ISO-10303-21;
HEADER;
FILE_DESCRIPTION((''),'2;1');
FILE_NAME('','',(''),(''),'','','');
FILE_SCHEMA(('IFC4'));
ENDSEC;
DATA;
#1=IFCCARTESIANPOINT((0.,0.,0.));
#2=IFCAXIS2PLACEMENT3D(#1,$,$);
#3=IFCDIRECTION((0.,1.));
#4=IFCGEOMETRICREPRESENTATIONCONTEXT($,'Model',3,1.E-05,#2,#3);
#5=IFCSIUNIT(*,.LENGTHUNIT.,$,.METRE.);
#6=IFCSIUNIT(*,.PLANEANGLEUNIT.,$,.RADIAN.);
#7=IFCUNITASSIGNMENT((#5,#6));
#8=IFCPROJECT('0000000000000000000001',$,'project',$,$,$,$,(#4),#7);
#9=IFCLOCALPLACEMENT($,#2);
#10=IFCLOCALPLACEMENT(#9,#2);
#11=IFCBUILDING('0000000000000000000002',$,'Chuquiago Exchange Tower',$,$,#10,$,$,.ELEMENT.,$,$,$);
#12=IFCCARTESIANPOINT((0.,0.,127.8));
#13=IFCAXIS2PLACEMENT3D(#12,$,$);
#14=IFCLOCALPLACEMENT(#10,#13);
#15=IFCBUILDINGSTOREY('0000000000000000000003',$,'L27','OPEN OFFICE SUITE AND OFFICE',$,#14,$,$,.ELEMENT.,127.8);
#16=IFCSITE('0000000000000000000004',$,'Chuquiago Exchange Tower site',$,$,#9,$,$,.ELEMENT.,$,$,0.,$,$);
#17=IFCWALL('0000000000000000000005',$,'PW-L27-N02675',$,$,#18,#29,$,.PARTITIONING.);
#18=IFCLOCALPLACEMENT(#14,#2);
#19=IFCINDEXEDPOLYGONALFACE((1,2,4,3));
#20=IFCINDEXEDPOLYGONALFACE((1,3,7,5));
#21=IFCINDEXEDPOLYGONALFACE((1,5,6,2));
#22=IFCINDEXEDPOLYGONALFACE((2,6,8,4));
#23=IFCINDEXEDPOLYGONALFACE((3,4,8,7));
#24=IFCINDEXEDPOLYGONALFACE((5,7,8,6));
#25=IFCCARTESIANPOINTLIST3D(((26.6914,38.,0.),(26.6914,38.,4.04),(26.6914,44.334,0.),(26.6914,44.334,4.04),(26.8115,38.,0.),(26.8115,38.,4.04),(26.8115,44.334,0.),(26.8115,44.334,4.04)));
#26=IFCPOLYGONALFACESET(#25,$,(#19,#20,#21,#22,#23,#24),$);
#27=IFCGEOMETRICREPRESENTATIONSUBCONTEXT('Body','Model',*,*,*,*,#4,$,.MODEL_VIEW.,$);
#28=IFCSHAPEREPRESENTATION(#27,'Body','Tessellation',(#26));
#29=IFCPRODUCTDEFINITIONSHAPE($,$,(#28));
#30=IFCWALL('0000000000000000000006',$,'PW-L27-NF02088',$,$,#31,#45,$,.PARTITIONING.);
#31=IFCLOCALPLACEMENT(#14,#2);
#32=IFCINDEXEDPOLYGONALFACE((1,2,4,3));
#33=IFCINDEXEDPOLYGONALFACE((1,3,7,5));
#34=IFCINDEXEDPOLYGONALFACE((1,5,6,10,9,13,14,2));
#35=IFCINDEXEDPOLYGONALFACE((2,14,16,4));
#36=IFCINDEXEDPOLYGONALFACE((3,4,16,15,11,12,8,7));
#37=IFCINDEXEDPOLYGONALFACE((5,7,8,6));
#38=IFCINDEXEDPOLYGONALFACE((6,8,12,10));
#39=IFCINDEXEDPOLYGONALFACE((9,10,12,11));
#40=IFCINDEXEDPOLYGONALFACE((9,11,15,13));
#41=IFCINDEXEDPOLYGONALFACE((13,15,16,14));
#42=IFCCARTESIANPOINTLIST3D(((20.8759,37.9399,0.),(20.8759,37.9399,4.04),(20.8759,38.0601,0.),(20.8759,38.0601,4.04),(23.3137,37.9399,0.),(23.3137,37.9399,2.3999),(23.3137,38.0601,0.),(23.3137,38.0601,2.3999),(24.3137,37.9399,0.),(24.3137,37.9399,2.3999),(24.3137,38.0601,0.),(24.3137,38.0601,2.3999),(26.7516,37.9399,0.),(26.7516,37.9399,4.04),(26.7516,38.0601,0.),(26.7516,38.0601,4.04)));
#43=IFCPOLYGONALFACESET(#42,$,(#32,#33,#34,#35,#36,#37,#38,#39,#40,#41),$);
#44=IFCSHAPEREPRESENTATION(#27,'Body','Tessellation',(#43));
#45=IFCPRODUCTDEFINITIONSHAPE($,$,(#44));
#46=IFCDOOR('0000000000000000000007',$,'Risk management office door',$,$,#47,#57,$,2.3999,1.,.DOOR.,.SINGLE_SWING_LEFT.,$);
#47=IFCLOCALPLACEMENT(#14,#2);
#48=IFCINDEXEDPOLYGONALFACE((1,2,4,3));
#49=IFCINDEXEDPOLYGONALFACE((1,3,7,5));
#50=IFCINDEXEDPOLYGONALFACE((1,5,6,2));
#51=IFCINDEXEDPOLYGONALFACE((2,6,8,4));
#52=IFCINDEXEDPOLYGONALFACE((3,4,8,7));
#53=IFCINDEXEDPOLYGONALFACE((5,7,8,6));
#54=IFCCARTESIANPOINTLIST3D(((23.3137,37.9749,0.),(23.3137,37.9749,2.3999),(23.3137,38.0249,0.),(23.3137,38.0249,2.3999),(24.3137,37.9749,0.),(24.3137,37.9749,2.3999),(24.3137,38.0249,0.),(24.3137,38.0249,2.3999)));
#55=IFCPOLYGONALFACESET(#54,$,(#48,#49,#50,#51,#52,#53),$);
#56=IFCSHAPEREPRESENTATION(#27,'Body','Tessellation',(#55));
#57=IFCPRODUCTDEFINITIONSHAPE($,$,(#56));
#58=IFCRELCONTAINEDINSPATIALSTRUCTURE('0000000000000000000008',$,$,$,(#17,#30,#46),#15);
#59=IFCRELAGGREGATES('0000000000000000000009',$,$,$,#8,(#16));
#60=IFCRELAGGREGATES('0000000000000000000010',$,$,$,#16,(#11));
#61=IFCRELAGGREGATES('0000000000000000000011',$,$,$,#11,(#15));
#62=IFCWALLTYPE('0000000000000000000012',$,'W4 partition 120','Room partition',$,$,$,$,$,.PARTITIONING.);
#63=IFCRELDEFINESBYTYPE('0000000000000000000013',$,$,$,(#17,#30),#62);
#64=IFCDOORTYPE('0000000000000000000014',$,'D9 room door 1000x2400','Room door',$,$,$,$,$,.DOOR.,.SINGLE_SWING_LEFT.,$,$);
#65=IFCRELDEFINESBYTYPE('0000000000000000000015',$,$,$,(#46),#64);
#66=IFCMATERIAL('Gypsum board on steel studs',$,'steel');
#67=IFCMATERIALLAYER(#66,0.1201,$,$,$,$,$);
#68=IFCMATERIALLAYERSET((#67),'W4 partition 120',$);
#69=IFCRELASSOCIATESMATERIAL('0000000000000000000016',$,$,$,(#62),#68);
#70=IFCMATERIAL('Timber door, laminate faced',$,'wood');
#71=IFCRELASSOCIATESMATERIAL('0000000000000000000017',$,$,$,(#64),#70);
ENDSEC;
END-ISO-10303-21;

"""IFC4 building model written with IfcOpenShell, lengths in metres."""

from ifc_helpers import new_model, si_unit, direction, frame, frame_2d, origin, place, context, subcontext, project, spatial, rectangle, extrude, material, layer, layer_set, type_object, element, fill, save


model = new_model("IFC4")

# Units and contexts
model_context = context("Model", 3, precision=1e-05, world=origin(), true_north=direction((0.0, 1.0)))
body_context = subcontext(model_context, "Body", "Model", "MODEL_VIEW")
ifc_project = project(units=[si_unit("LENGTHUNIT", "METRE"), si_unit("PLANEANGLEUNIT", "RADIAN")], contexts=[model_context])

# Site, building, storey
site_placement = place(None, origin())
site = spatial("IfcSite", under=ifc_project, at=site_placement, Name="Chuquiago Exchange Tower site", CompositionType="ELEMENT", RefElevation=0.0)
building_placement = place(site_placement, origin())
building = spatial("IfcBuilding", under=site, at=building_placement, Name="Chuquiago Exchange Tower", CompositionType="ELEMENT")
storey_placement = place(building_placement, frame((0.0, 0.0, 127.8)))
storey = spatial("IfcBuildingStorey", under=building, at=storey_placement, Name="L27", Description="OPEN OFFICE SUITE AND OFFICE", CompositionType="ELEMENT", Elevation=127.8)

# Wall
ifc_material_1 = material(Name="Gypsum board on steel studs", Category="steel")
ifc_layer_1 = layer(ifc_material_1, 0.1201)
ifc_layer_set_1 = layer_set([ifc_layer_1], Name="W4 partition 120")
wall_type_1 = type_object("IfcWallType", Name="W4 partition 120", Description="Room partition", PredefinedType="PARTITIONING", material=ifc_layer_set_1)
wall_1_placement = place(storey_placement, frame((26.7515, 44.334, 0.0), z_axis=(0.0, 0.0, 1.0), x_axis=(0.0, -1.0, 0.0)))
element("IfcWall", 1, at=wall_1_placement, inside=storey, type_object=wall_type_1, Name="PW-L27-N02675", PredefinedType="PARTITIONING", context=body_context, shape_type="SweptSolid", body=[
    extrude(rectangle(XDim=6.334, YDim=0.1201, at=frame_2d((3.167, 0.0))), origin(), (0.0, 0.0, 1.0), 4.04),
])

# Wall, opening, door
wall_2_placement = place(storey_placement, frame((20.8757, 38.0, 0.0), z_axis=(0.0, 0.0, 1.0), x_axis=(1.0, 0.0, 0.0)))
wall_2 = element("IfcWall", 2, at=wall_2_placement, inside=storey, type_object=wall_type_1, Name="PW-L27-NF02088", PredefinedType="PARTITIONING", context=body_context, shape_type="SweptSolid", body=[
    extrude(rectangle(XDim=5.8757, YDim=0.1201, at=frame_2d((2.938, 0.0))), origin(), (0.0, 0.0, 1.0), 4.04),
])
opening_placement = place(wall_2_placement, frame((2.438, 0.0, 0.0)))
opening = element("IfcOpeningElement", 3, at=opening_placement, cuts=wall_2, PredefinedType="OPENING", context=body_context, shape_type="SweptSolid", body=[
    extrude(rectangle(XDim=1.0, YDim=2.3999, at=frame_2d((0.5, 1.2))), frame((0.0, 0.0701, 0.0), z_axis=(0.0, -1.0, 0.0), x_axis=(1.0, 0.0, 0.0)), (0.0, 0.0, 1.0), 0.1401),
])
ifc_material_2 = material(Name="Timber door, laminate faced", Category="wood")
door_type = type_object("IfcDoorType", Name="D9 room door 1000x2400", Description="Room door", OperationType="SINGLE_SWING_LEFT", PredefinedType="DOOR", material=ifc_material_2)
door_placement = place(opening_placement, origin())
door = element("IfcDoor", 4, at=door_placement, inside=storey, type_object=door_type, Name="Risk management office door", OperationType="SINGLE_SWING_LEFT", OverallHeight=2.3999, OverallWidth=1.0, PredefinedType="DOOR", context=body_context, shape_type="SweptSolid", body=[
    extrude(rectangle(XDim=1.0, YDim=2.3999, at=frame_2d((0.5, 1.2))), frame((0.0, 0.0249, 0.0), z_axis=(0.0, -1.0, 0.0), x_axis=(1.0, 0.0, 0.0)), (0.0, 0.0, 1.0), 0.05),
])
fill(opening, door)

save(model, "model.ifc")
